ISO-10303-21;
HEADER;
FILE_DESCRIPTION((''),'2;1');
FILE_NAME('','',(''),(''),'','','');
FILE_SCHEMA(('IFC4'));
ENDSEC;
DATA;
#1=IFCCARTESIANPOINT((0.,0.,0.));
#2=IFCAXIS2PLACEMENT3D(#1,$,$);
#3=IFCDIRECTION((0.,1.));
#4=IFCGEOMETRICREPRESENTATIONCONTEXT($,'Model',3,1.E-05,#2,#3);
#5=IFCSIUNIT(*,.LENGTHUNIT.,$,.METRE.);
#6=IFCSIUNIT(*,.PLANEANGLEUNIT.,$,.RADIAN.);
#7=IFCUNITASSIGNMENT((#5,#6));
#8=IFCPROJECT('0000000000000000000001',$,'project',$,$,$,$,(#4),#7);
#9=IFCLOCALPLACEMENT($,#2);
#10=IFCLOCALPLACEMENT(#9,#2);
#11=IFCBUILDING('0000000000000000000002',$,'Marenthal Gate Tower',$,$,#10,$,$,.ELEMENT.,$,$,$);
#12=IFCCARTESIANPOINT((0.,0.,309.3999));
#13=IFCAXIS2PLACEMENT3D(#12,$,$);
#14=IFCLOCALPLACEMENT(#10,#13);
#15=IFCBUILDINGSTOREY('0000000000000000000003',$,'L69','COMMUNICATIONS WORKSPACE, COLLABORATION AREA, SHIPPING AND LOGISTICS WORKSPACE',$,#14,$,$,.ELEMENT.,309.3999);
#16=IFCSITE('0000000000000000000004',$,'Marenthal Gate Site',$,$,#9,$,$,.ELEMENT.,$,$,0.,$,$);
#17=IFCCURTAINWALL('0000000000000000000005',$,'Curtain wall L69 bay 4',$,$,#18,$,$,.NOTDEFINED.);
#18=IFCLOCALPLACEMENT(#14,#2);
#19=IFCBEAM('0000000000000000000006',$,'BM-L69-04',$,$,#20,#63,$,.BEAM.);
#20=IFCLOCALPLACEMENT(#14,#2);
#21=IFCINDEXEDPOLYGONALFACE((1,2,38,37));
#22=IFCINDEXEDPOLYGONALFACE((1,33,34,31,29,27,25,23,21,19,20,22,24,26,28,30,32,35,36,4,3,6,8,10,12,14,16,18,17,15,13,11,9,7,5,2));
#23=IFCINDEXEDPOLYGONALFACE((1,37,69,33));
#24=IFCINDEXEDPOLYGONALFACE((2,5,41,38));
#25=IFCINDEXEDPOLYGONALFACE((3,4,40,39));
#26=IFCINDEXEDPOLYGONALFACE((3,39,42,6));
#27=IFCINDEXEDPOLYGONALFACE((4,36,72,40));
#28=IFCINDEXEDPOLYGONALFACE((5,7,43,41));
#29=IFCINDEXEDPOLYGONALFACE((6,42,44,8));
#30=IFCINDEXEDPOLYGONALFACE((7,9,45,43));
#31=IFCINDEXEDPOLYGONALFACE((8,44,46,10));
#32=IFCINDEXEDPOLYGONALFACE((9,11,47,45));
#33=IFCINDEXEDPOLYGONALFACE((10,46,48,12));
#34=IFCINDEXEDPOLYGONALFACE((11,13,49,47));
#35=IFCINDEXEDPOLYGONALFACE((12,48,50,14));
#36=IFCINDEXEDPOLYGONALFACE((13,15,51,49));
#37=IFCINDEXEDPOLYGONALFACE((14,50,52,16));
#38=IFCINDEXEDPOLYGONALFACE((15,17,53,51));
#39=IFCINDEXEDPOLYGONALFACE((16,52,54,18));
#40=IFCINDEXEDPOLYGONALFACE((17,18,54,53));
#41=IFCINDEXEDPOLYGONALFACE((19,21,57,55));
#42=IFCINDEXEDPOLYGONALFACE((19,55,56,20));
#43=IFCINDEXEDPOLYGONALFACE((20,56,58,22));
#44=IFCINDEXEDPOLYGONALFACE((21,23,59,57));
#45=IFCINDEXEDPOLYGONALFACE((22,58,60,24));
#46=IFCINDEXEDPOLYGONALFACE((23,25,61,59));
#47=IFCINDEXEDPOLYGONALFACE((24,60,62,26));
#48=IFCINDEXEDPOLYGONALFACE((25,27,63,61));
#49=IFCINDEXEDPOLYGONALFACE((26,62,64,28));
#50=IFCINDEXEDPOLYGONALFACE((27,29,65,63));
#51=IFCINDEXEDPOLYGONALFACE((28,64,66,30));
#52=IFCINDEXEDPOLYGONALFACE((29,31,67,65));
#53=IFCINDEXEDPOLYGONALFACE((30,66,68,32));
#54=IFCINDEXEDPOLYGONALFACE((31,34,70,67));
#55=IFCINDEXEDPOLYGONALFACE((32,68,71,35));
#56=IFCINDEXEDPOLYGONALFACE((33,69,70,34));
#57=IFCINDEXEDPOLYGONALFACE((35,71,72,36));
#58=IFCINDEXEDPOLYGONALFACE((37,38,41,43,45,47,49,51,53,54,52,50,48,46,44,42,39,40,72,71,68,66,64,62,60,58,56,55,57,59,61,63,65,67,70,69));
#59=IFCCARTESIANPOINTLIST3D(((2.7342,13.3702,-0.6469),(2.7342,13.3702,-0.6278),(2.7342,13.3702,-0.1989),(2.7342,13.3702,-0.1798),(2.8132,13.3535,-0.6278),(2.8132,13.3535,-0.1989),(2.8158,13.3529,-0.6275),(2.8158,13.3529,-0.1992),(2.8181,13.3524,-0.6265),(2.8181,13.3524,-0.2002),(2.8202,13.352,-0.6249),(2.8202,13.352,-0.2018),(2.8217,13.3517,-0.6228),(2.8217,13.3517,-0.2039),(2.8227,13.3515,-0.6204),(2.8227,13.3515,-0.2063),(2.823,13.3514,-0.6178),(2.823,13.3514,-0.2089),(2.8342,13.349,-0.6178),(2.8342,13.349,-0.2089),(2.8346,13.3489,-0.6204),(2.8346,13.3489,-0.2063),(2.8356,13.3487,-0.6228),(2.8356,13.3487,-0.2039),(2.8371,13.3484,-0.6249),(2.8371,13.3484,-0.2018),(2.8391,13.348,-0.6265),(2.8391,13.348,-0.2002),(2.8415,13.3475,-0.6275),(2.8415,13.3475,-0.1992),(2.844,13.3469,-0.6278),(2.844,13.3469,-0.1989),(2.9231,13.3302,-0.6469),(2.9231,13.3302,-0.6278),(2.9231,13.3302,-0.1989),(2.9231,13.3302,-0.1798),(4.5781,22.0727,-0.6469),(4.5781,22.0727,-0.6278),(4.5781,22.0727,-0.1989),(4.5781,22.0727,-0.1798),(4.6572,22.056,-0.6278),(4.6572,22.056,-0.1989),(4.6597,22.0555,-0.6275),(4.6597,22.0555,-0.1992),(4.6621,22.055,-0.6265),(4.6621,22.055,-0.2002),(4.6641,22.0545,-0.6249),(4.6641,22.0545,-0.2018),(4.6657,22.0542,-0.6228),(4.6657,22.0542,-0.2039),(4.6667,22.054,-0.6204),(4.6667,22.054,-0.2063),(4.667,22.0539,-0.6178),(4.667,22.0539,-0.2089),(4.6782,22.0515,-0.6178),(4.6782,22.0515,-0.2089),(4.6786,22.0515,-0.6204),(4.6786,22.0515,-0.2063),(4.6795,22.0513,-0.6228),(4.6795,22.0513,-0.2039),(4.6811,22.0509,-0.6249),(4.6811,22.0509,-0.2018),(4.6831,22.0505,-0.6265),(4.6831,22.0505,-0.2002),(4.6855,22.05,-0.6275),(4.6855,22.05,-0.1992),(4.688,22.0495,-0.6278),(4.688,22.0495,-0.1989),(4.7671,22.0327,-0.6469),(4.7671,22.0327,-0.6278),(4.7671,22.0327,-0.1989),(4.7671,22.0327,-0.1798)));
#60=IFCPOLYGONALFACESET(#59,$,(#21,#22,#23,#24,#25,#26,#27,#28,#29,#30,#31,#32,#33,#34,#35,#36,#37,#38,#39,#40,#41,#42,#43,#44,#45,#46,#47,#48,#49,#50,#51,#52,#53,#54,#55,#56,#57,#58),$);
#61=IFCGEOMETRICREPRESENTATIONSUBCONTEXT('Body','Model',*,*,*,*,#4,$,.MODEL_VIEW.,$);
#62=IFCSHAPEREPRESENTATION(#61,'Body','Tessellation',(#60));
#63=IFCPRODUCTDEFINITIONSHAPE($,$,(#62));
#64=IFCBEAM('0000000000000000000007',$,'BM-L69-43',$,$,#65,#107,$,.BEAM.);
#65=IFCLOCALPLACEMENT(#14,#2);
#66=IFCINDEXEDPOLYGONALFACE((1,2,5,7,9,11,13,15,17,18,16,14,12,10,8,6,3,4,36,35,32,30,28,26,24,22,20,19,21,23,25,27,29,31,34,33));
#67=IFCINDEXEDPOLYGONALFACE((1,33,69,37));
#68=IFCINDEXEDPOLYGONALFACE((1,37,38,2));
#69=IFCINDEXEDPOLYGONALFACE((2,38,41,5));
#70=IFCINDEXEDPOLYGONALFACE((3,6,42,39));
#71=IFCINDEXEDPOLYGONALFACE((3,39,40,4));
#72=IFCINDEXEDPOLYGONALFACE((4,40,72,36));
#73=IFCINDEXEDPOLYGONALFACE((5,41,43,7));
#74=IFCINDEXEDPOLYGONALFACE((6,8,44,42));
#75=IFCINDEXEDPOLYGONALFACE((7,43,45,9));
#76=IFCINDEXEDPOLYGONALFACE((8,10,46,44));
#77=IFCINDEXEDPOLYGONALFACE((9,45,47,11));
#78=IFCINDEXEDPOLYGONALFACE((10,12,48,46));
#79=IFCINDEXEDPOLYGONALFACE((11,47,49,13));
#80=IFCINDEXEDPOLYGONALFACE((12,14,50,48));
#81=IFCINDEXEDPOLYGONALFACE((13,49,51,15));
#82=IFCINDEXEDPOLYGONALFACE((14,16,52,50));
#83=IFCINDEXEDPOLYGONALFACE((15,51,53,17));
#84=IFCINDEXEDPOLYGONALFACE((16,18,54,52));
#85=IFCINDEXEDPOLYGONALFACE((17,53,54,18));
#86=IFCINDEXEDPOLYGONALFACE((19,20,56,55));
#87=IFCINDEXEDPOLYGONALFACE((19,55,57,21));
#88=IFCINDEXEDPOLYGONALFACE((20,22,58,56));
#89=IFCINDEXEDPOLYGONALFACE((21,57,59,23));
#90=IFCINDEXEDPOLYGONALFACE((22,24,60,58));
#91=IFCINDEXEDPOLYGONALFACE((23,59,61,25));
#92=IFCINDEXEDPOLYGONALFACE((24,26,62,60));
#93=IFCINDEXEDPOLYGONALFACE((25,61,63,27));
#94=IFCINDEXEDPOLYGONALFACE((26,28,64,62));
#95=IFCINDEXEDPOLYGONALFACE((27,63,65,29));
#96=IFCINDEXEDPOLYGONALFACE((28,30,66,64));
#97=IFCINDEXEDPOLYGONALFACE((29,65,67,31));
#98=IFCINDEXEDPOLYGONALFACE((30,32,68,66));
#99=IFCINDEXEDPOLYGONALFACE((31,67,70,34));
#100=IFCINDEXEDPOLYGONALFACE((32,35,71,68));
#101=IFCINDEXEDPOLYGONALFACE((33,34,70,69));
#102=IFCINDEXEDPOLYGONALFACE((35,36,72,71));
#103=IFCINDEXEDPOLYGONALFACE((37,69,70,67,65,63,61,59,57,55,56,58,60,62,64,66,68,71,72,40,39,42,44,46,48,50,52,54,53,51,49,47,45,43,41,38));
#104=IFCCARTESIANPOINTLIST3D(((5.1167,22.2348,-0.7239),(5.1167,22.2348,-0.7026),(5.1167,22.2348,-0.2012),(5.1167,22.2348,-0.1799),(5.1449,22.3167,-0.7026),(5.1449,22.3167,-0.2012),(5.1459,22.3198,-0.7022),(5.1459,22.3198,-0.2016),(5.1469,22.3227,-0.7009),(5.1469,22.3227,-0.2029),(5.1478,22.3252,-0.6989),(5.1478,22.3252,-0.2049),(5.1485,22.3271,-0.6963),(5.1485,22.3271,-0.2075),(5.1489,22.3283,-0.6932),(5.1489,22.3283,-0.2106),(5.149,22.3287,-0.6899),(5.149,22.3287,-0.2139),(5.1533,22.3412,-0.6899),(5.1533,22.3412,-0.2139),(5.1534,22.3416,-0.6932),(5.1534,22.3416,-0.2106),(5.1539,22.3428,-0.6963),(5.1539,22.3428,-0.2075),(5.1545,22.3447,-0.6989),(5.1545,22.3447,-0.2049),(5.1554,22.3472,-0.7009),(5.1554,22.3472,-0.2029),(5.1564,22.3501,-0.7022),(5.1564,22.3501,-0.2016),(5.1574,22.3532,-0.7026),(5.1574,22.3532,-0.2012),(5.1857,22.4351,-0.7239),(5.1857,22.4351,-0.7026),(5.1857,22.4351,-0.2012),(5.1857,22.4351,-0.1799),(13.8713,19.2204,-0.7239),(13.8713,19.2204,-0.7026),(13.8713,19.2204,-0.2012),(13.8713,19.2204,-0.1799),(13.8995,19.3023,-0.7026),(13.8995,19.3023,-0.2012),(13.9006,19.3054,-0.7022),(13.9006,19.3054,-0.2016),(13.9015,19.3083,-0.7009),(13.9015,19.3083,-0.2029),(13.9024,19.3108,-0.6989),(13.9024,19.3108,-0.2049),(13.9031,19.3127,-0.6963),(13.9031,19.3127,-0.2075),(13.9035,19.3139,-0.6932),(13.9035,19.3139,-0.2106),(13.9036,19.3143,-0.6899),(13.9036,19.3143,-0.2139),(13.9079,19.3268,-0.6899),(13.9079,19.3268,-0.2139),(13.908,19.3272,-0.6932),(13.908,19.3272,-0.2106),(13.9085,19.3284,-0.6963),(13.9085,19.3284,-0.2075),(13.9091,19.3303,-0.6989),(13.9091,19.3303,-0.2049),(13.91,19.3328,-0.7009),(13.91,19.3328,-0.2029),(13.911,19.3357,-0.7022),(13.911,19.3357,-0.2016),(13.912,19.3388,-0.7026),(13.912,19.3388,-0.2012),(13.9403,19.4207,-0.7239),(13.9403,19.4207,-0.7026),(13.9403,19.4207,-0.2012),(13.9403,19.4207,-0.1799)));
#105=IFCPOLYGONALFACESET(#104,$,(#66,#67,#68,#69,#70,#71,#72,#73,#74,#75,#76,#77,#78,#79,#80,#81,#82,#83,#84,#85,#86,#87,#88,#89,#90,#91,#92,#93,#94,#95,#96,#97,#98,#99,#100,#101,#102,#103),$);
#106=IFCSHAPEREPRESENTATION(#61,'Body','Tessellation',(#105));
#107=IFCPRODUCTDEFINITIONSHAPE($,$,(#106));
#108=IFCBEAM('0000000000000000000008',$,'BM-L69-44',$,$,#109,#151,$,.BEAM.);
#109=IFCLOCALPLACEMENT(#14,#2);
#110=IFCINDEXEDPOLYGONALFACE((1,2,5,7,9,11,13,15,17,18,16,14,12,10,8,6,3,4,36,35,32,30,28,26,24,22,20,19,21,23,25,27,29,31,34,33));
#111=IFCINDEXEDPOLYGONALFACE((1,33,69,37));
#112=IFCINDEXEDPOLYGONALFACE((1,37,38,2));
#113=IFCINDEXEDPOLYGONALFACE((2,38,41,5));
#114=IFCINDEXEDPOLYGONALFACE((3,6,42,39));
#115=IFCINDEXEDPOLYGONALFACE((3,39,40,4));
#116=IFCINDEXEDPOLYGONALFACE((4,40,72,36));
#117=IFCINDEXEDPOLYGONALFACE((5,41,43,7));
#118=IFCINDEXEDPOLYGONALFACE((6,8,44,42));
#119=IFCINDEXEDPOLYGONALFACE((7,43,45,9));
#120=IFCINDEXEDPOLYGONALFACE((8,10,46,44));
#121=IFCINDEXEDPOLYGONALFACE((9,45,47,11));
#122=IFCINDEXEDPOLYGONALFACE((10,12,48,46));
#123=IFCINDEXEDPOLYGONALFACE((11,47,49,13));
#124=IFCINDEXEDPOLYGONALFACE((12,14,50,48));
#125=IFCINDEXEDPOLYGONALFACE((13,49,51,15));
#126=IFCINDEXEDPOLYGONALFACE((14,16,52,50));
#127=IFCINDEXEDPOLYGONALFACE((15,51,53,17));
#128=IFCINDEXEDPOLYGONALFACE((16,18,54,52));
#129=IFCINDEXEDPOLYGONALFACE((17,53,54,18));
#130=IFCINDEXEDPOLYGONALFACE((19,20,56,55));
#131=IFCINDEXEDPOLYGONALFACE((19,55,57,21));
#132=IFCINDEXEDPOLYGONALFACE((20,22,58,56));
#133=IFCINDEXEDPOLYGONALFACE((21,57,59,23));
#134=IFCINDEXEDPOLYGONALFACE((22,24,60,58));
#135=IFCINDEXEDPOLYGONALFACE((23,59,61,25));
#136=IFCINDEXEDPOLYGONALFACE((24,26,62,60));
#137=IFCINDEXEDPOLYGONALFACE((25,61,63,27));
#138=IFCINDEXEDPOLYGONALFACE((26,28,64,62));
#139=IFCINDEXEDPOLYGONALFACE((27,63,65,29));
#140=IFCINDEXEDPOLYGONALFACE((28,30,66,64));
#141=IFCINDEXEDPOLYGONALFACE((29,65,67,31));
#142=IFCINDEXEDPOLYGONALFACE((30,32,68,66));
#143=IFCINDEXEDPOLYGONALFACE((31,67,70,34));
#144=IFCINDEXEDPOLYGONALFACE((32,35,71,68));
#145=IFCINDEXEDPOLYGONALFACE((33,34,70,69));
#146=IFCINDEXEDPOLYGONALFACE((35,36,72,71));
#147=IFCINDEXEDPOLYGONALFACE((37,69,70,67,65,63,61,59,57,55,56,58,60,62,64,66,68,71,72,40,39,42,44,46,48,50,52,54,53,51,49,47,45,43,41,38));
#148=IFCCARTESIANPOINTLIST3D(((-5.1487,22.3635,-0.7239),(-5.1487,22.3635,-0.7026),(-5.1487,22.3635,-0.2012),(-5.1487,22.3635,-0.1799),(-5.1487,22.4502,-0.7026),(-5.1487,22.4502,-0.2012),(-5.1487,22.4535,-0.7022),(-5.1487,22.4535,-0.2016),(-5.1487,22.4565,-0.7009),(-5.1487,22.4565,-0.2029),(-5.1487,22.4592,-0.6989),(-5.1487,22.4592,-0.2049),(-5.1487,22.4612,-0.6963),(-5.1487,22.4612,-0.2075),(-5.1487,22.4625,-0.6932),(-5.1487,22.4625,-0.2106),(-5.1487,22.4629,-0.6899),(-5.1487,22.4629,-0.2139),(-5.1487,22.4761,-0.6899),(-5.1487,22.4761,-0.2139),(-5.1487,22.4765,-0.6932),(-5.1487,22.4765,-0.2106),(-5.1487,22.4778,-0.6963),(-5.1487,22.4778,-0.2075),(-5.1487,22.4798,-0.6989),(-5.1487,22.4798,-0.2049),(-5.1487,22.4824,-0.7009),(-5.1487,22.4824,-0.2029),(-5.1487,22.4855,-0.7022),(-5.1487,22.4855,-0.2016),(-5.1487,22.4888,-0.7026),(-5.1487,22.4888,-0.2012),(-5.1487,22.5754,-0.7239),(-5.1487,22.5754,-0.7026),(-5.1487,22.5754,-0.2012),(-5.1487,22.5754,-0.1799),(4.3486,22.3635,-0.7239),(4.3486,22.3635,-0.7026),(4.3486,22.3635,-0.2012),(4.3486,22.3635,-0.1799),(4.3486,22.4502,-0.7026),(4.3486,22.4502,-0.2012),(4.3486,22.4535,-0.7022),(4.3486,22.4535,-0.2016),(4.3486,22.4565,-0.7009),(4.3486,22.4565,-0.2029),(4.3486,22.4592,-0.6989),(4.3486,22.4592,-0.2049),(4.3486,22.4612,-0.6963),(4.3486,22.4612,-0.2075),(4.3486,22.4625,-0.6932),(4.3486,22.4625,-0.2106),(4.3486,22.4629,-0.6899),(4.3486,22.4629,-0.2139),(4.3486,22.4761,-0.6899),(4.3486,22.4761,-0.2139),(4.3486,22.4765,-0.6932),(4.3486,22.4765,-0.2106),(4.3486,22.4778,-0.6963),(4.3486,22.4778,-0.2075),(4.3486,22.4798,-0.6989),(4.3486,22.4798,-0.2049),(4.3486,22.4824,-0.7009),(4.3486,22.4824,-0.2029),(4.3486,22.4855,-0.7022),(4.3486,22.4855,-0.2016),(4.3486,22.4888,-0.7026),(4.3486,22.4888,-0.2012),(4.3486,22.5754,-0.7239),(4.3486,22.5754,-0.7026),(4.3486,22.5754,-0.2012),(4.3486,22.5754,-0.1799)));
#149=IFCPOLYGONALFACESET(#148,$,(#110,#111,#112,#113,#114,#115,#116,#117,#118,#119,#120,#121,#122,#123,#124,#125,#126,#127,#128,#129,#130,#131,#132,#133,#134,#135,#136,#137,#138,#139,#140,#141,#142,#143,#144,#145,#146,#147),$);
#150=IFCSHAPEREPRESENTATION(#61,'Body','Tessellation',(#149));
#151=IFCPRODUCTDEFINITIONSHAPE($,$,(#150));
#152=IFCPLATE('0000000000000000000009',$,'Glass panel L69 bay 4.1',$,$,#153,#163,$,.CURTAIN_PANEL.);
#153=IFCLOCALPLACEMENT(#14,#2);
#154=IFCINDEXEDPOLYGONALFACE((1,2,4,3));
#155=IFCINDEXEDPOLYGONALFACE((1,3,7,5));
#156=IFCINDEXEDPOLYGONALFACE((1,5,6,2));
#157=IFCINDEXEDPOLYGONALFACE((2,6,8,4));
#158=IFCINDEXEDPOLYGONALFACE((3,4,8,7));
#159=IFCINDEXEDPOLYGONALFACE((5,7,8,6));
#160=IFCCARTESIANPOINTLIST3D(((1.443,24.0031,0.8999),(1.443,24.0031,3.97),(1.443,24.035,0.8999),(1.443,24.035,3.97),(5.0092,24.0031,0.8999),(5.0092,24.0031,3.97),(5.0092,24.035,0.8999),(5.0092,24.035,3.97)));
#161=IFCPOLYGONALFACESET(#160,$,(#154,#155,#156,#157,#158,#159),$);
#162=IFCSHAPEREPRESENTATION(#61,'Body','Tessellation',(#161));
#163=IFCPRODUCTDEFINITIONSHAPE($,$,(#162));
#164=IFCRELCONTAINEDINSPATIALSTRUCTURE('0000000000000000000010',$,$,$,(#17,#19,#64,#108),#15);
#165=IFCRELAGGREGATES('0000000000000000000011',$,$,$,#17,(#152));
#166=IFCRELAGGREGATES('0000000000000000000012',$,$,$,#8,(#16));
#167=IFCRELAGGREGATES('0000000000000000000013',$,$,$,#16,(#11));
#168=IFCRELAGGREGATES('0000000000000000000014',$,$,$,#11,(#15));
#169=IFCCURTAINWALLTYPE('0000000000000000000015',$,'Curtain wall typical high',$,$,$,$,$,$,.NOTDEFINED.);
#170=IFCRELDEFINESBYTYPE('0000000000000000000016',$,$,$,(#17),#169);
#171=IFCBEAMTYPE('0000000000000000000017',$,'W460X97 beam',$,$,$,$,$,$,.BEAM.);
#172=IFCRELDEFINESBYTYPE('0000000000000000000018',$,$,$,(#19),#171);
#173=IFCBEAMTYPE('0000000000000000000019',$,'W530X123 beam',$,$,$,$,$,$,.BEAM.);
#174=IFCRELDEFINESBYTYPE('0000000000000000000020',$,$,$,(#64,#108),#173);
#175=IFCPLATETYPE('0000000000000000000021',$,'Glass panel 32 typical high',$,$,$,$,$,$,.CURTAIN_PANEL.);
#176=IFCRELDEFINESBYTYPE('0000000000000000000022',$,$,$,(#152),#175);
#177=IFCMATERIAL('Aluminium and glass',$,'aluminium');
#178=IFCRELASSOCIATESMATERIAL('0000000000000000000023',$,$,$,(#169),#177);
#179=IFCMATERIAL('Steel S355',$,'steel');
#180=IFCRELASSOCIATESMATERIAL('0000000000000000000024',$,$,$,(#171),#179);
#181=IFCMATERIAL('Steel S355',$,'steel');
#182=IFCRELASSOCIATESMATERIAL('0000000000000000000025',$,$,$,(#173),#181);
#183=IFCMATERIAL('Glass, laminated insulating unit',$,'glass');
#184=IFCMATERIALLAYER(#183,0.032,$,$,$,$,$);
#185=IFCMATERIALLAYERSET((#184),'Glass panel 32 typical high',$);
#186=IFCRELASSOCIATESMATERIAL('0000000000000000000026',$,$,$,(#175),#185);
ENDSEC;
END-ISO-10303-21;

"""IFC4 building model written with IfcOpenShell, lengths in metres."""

from ifc_helpers import new_model, si_unit, direction, frame, origin, origin_2d, place, context, subcontext, project, spatial, rectangle, i_section, extrude, material, layer, layer_set, material_profile, profile_set, type_object, element, aggregate, save


model = new_model("IFC4")

# Units and contexts
model_context = context("Model", 3, precision=1e-05, world=origin(), true_north=direction((0.0, 1.0)))
body_context = subcontext(model_context, "Body", "Model", "MODEL_VIEW")
ifc_project = project(units=[si_unit("LENGTHUNIT", "METRE"), si_unit("PLANEANGLEUNIT", "RADIAN")], contexts=[model_context])

# Site, building, storey
site_placement = place(None, origin())
site = spatial("IfcSite", under=ifc_project, at=site_placement, Name="Marenthal Gate Site", CompositionType="ELEMENT", RefElevation=0.0)
building_placement = place(site_placement, origin())
building = spatial("IfcBuilding", under=site, at=building_placement, Name="Marenthal Gate Tower", CompositionType="ELEMENT")
storey_placement = place(building_placement, frame((0.0, 0.0, 309.3999)))
storey = spatial("IfcBuildingStorey", under=building, at=storey_placement, Name="L69", Description="COMMUNICATIONS WORKSPACE, COLLABORATION AREA, SHIPPING AND LOGISTICS WORKSPACE", CompositionType="ELEMENT", Elevation=309.3999)

# Curtain wall
ifc_material_1 = material(Name="Aluminium and glass", Category="aluminium")
curtain_wall_type = type_object("IfcCurtainWallType", Name="Curtain wall typical high", PredefinedType="NOTDEFINED", material=ifc_material_1)
curtain_wall_placement = place(storey_placement, origin())
curtain_wall = element("IfcCurtainWall", 1, at=curtain_wall_placement, inside=storey, type_object=curtain_wall_type, Name="Curtain wall L69 bay 4", PredefinedType="NOTDEFINED")

# Beams
ifc_material_2 = material(Name="Steel S355", Category="steel")
ifc_material_profile_1 = material_profile(ifc_material_2, i_section(OverallWidth=0.1931, OverallDepth=0.467, WebThickness=0.0115, FlangeThickness=0.019, FilletRadius=0.01, at=origin_2d()), Name="W460X97")
ifc_profile_set_1 = profile_set([ifc_material_profile_1], Name="Steel S355")
beam_type_1 = type_object("IfcBeamType", Name="W460X97 beam", PredefinedType="BEAM", material=ifc_profile_set_1)
beam_1_placement = place(storey_placement, frame((4.6726, 22.0527, -0.4133), z_axis=(-0.207287, -0.97828, 0.0), x_axis=(0.97828, -0.207287, 0.0)))
element("IfcBeam", 2, at=beam_1_placement, inside=storey, type_object=beam_type_1, Name="BM-L69-04", PredefinedType="BEAM", context=body_context, shape_type="SweptSolid", body=[
    extrude(i_section(OverallWidth=0.1931, OverallDepth=0.467, WebThickness=0.0115, FlangeThickness=0.019, FilletRadius=0.01, at=origin_2d()), origin(), (0.0, 0.0, 1.0), 8.8958),
])
ifc_material_3 = material(Name="Steel S355", Category="steel")
ifc_material_profile_2 = material_profile(ifc_material_3, i_section(OverallWidth=0.2119, OverallDepth=0.5439, WebThickness=0.0132, FlangeThickness=0.0212, FilletRadius=0.0127, at=origin_2d()), Name="W530X123")
ifc_profile_set_2 = profile_set([ifc_material_profile_2], Name="Steel S355")
beam_type_2 = type_object("IfcBeamType", Name="W530X123 beam", PredefinedType="BEAM", material=ifc_profile_set_2)
beam_2_placement = place(storey_placement, frame((13.9058, 19.3206, -0.4519), z_axis=(-0.945521, 0.325562, 0.0), x_axis=(-0.325562, -0.945521, 0.0)))
element("IfcBeam", 3, at=beam_2_placement, inside=storey, type_object=beam_type_2, Name="BM-L69-43", PredefinedType="BEAM", context=body_context, shape_type="SweptSolid", body=[
    extrude(i_section(OverallWidth=0.2119, OverallDepth=0.5439, WebThickness=0.0132, FlangeThickness=0.0212, FilletRadius=0.0127, at=origin_2d()), origin(), (0.0, 0.0, 1.0), 9.259),
])
beam_3_placement = place(storey_placement, frame((4.3486, 22.4695, -0.4519), z_axis=(-1.0, 0.0, 0.0), x_axis=(0.0, -1.0, 0.0)))
element("IfcBeam", 4, at=beam_3_placement, inside=storey, type_object=beam_type_2, Name="BM-L69-44", PredefinedType="BEAM", context=body_context, shape_type="SweptSolid", body=[
    extrude(i_section(OverallWidth=0.2119, OverallDepth=0.5439, WebThickness=0.0132, FlangeThickness=0.0212, FilletRadius=0.0127, at=origin_2d()), origin(), (0.0, 0.0, 1.0), 9.4973),
])

# Plate
ifc_material_4 = material(Name="Glass, laminated insulating unit", Category="glass")
ifc_layer_1 = layer(ifc_material_4, 0.032)
ifc_layer_set_1 = layer_set([ifc_layer_1], Name="Glass panel 32 typical high")
plate_type = type_object("IfcPlateType", Name="Glass panel 32 typical high", PredefinedType="CURTAIN_PANEL", material=ifc_layer_set_1)
plate_placement = place(storey_placement, frame((3.2261, 24.019, 0.8999), z_axis=(0.0, 0.0, 1.0), x_axis=(-1.0, 0.0, 0.0)))
plate = element("IfcPlate", 5, at=plate_placement, type_object=plate_type, Name="Glass panel L69 bay 4.1", PredefinedType="CURTAIN_PANEL", context=body_context, shape_type="SweptSolid", body=[
    extrude(rectangle(XDim=3.5662, YDim=0.032, at=origin_2d()), origin(), (0.0, 0.0, 1.0), 3.0701),
])
aggregate(curtain_wall, [plate])

save(model, "model.ifc")
